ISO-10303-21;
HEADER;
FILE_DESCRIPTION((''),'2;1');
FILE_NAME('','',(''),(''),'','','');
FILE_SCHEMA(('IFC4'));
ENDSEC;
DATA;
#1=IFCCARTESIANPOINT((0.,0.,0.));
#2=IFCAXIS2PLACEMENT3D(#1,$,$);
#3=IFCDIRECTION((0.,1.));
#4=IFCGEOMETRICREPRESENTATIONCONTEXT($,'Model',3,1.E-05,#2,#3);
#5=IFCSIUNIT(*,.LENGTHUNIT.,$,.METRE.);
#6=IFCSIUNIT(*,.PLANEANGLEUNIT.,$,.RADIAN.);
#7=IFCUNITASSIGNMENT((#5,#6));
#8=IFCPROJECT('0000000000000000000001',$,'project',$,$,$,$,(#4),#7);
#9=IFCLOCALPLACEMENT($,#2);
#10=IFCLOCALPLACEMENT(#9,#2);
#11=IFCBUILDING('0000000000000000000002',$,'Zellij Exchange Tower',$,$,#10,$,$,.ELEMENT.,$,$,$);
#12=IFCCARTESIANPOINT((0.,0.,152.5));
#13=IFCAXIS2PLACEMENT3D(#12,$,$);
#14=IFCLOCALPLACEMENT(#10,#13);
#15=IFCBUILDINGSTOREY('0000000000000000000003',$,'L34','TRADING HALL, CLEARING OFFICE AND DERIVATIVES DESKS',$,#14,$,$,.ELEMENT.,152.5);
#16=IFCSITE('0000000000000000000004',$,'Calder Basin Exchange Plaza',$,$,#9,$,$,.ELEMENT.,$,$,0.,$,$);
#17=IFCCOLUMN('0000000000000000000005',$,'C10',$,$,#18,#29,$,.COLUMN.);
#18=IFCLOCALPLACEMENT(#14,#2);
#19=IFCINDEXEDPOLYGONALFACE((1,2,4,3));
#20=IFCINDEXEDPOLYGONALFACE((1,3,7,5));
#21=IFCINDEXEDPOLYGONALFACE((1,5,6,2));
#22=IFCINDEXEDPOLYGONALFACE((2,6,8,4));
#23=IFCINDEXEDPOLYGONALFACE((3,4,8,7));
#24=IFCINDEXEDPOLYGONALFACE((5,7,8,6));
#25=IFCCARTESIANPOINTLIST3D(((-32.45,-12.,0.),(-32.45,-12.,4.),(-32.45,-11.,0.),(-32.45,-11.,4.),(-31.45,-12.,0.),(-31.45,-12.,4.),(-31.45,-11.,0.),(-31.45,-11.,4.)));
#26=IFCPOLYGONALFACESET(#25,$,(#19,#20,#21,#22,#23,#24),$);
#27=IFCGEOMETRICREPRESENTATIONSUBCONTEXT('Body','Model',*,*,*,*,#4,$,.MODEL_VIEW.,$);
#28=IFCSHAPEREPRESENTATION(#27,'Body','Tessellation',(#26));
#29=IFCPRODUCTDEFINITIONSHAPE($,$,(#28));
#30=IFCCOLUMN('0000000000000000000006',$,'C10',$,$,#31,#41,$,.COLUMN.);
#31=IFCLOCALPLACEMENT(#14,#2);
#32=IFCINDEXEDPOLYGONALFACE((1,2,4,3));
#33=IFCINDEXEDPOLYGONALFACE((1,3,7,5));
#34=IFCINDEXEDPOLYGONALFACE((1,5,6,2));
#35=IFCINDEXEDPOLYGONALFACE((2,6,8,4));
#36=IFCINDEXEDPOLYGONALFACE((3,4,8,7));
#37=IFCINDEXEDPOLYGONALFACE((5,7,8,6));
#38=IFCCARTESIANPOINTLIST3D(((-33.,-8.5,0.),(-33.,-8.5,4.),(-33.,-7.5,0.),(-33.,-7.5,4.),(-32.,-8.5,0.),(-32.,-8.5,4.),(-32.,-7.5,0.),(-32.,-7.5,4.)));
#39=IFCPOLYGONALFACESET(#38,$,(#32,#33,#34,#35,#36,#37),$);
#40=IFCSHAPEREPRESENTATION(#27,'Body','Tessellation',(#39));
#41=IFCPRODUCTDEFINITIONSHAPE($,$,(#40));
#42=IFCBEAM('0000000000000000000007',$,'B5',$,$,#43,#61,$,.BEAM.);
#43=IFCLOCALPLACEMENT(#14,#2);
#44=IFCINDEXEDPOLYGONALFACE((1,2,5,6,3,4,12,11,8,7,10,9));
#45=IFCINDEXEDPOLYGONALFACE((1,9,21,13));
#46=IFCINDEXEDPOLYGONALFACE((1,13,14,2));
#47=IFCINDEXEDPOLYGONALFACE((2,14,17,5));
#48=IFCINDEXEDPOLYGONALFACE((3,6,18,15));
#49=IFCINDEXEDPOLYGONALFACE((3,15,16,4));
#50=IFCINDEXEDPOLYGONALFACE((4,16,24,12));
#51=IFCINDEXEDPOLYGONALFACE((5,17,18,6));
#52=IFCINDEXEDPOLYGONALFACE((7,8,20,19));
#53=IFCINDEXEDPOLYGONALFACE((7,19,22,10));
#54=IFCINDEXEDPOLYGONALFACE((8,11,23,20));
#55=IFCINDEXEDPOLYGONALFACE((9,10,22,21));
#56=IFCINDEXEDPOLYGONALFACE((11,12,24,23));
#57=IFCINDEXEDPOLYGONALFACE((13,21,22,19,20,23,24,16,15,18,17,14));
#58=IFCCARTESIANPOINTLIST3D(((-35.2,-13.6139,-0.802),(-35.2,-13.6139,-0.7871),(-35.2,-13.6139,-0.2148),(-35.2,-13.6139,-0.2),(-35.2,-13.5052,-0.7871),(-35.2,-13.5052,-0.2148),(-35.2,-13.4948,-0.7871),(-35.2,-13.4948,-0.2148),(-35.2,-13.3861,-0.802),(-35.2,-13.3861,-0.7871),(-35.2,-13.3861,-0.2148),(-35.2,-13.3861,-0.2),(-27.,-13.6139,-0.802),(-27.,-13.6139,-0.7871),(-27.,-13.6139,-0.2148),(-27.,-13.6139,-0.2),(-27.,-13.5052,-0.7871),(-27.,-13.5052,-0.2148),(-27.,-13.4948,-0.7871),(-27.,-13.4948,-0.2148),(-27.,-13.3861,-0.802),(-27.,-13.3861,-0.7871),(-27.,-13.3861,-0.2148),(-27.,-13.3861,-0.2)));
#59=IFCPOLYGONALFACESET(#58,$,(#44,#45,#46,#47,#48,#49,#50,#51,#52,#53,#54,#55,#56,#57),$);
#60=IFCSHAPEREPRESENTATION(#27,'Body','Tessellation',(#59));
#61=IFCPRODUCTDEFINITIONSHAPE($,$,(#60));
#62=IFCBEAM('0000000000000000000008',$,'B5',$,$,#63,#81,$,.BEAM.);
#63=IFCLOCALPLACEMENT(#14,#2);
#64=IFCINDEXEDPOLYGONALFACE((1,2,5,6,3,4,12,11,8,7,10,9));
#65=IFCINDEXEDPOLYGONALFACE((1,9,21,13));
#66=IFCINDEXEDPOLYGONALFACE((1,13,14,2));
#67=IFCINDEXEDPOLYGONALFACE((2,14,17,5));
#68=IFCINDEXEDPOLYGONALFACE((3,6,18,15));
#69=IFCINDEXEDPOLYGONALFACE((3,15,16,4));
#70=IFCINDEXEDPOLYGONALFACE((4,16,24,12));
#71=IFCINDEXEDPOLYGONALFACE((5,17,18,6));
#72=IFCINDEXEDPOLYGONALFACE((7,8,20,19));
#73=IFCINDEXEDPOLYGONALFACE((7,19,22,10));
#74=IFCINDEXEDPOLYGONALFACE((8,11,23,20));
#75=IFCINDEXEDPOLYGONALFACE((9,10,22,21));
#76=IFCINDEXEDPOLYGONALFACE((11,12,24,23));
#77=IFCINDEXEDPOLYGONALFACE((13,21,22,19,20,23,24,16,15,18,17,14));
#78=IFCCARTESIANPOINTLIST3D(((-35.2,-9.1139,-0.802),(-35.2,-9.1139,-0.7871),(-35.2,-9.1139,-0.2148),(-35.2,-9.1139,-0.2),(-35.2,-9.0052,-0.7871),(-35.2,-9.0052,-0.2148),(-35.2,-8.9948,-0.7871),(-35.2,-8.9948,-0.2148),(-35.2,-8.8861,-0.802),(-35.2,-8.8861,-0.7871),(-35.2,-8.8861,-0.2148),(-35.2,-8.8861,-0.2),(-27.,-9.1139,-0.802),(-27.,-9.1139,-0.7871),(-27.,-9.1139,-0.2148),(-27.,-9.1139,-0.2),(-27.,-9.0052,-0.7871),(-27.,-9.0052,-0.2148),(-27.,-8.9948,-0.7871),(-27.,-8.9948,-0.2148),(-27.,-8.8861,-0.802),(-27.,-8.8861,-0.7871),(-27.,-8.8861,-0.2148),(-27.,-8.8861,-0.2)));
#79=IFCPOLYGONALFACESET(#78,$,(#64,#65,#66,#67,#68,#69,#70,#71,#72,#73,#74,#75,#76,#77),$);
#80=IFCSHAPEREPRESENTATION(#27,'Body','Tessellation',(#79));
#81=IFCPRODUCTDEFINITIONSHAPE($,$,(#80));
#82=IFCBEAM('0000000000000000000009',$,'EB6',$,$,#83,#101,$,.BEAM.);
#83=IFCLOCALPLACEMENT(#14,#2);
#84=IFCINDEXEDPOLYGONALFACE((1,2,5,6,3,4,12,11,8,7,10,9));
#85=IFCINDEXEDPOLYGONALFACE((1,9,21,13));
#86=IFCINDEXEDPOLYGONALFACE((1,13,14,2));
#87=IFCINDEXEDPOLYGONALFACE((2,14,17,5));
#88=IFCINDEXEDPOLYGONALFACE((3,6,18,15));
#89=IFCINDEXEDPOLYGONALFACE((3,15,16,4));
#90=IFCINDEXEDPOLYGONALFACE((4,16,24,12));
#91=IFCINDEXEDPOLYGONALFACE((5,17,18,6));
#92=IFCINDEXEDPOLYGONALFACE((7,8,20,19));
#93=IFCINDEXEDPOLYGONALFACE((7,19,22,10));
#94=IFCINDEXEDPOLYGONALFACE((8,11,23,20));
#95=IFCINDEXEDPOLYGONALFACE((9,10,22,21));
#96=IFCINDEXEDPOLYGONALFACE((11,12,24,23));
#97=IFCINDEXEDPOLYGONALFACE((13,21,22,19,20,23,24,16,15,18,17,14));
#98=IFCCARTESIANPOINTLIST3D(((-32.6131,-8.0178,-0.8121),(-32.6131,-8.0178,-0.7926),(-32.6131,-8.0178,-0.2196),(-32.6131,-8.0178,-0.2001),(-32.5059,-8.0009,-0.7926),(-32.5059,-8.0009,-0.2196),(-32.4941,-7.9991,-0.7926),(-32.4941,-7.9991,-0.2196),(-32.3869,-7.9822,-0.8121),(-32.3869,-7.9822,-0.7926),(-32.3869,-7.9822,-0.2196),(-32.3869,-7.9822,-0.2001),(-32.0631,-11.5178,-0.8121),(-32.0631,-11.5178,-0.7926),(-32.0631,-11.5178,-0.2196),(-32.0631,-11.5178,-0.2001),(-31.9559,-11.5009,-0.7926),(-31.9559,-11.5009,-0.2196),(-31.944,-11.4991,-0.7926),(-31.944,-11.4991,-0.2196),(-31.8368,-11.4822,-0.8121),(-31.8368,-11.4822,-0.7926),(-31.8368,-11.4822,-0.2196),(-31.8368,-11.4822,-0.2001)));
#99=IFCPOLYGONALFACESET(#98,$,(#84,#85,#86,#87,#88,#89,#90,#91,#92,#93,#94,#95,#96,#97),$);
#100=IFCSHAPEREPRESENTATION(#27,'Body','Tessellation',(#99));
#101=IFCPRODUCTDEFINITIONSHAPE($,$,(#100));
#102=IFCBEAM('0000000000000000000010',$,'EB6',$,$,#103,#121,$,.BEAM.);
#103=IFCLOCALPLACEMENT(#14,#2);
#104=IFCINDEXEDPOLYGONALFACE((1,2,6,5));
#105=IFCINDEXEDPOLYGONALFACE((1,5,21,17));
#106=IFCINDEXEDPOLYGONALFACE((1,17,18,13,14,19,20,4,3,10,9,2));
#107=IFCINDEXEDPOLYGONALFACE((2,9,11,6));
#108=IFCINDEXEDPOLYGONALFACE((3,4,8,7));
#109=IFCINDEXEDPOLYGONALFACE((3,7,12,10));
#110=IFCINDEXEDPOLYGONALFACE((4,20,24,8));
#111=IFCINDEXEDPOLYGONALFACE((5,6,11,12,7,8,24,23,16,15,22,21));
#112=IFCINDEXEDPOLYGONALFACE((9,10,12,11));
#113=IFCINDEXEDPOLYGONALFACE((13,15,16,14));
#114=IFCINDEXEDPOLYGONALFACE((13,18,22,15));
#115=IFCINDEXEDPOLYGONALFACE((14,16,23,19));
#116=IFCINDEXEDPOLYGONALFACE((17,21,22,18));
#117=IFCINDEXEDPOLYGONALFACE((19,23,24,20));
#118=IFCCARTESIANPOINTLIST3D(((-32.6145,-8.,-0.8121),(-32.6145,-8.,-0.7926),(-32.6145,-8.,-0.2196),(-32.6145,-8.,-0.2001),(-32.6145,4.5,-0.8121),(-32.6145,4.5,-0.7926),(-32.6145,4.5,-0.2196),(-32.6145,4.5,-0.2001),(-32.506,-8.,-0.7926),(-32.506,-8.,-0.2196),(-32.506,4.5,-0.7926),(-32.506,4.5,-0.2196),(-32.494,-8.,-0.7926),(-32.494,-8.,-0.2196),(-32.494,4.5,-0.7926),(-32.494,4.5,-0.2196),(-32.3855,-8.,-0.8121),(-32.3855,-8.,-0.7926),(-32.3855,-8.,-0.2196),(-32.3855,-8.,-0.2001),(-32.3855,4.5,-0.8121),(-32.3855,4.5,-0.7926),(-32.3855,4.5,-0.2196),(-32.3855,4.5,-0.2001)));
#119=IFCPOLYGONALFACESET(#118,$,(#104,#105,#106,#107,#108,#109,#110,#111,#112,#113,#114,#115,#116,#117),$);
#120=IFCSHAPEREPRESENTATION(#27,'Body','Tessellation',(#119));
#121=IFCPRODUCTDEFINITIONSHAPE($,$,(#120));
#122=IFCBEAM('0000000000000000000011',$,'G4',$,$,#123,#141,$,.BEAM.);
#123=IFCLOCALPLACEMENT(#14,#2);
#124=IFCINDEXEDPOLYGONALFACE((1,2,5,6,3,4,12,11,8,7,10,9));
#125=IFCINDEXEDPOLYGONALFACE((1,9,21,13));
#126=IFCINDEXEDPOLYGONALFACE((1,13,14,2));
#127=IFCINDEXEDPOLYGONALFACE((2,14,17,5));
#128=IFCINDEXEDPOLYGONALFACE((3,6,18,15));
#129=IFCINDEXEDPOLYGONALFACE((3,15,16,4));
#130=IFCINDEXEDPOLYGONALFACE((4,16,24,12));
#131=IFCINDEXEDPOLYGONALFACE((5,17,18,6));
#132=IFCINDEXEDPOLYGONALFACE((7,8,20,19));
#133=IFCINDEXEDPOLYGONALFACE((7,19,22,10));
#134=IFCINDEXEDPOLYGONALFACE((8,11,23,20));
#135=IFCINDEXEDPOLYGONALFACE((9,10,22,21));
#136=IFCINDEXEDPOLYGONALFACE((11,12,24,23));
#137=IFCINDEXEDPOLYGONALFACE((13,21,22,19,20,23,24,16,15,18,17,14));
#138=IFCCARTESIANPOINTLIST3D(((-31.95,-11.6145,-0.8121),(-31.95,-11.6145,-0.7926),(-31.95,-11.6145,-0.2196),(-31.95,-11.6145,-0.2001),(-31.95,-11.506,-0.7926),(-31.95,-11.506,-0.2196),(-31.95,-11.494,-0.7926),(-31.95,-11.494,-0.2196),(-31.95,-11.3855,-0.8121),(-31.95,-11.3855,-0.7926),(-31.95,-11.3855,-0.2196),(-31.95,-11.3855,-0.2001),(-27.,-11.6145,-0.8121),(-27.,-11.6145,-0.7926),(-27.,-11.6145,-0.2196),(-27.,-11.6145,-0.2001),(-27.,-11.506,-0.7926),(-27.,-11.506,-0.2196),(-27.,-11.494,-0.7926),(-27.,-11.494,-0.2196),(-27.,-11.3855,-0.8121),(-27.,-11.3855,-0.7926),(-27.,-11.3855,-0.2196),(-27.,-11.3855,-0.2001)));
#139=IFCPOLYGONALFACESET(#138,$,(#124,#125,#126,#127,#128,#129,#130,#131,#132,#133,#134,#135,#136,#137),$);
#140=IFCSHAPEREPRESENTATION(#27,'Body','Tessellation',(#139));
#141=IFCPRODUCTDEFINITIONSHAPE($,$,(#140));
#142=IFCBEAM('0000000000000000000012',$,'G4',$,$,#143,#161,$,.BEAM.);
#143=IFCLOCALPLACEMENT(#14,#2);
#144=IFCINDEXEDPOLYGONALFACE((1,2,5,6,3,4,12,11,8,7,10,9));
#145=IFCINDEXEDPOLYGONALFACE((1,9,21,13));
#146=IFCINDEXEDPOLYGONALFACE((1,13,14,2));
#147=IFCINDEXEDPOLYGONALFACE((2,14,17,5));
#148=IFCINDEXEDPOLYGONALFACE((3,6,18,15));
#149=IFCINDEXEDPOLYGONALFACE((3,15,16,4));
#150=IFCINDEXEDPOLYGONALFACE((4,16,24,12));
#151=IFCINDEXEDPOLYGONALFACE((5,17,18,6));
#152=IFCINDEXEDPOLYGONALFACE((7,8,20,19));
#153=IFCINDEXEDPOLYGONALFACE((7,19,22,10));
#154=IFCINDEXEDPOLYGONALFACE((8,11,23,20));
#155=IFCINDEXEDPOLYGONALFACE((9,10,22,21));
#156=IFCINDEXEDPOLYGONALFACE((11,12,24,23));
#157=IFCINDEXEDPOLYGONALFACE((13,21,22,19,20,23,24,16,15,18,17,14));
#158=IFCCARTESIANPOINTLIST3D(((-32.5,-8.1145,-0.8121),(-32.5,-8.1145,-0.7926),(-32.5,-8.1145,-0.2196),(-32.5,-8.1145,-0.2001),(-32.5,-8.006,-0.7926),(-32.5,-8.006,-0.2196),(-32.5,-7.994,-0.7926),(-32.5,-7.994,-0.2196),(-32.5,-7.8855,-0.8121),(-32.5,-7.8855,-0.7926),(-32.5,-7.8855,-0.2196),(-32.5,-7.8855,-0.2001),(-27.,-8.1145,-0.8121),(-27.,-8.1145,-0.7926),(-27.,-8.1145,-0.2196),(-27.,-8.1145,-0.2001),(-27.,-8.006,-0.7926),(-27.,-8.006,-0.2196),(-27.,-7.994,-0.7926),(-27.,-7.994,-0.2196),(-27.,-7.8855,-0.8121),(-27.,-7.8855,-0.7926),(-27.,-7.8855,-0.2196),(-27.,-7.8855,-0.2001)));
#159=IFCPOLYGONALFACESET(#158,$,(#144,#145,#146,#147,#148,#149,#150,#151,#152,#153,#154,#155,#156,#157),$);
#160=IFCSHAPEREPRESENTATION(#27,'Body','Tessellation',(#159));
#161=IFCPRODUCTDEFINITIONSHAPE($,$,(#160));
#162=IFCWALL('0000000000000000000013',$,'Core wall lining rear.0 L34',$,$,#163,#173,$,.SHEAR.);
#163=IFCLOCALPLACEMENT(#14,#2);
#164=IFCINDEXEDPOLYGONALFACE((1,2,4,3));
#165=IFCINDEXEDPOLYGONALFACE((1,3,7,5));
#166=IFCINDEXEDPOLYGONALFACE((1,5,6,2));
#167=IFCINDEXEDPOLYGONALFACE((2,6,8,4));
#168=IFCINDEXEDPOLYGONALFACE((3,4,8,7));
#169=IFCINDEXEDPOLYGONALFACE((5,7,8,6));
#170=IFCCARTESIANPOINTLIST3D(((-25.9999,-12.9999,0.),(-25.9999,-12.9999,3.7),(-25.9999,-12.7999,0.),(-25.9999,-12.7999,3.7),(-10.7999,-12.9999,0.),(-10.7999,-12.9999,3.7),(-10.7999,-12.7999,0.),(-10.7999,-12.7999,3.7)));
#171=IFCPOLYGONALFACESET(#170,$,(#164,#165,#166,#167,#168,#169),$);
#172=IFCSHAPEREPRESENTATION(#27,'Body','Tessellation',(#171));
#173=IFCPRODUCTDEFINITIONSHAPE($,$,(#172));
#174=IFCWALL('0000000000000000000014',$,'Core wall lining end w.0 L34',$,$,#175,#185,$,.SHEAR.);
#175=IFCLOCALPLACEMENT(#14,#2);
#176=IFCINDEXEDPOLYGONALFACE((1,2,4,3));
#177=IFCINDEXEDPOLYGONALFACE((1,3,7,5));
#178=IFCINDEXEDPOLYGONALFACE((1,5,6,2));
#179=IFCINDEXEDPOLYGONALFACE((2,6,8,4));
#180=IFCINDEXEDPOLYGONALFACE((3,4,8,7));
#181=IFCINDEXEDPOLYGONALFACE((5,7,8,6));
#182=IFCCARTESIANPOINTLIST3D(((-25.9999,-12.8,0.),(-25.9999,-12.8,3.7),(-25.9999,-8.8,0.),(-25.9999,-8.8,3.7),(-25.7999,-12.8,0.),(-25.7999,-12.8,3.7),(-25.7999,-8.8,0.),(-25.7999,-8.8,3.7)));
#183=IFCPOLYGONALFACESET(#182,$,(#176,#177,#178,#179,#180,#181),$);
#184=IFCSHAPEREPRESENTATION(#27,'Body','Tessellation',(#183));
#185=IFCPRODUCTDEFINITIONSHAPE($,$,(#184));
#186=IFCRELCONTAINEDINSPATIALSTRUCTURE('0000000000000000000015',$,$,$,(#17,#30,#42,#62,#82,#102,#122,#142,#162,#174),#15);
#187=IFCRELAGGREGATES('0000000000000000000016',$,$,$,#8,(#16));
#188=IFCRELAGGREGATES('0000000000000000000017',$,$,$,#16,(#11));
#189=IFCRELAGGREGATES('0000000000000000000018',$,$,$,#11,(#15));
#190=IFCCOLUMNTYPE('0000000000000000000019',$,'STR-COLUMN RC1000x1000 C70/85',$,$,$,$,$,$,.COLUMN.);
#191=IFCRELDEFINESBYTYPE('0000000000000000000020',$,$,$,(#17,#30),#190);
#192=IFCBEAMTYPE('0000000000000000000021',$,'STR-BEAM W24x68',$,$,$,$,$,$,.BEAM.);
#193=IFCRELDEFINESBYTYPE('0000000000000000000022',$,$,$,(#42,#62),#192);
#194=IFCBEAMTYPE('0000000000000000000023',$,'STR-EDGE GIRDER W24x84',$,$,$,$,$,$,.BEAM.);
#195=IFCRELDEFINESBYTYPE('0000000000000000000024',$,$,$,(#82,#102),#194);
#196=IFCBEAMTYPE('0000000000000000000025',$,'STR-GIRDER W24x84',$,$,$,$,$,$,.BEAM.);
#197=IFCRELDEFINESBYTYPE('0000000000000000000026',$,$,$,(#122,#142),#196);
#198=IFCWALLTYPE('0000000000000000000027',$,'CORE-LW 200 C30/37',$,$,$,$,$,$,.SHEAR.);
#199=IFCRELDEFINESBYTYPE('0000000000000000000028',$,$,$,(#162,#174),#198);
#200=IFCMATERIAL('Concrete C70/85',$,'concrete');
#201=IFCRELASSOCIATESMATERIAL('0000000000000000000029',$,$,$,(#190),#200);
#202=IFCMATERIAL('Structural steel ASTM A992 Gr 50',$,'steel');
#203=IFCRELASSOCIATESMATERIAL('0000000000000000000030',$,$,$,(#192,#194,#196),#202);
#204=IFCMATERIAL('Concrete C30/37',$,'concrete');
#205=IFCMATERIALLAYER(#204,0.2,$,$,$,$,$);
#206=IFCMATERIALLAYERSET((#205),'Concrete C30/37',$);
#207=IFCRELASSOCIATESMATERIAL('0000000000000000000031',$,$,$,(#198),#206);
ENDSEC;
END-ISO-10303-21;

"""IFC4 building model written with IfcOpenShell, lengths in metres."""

from ifc_helpers import new_model, si_unit, direction, frame, frame_2d, origin, origin_2d, place, context, subcontext, project, spatial, rectangle, i_section, extrude, material, layer, layer_set, material_profile, profile_set, type_object, element, save


model = new_model("IFC4")

# Units and contexts
model_context = context("Model", 3, precision=1e-05, world=origin(), true_north=direction((0.0, 1.0)))
body_context = subcontext(model_context, "Body", "Model", "MODEL_VIEW")
ifc_project = project(units=[si_unit("LENGTHUNIT", "METRE"), si_unit("PLANEANGLEUNIT", "RADIAN")], contexts=[model_context])

# Site, building, storey
site_placement = place(None, origin())
site = spatial("IfcSite", under=ifc_project, at=site_placement, Name="Calder Basin Exchange Plaza", CompositionType="ELEMENT", RefElevation=0.0)
building_placement = place(site_placement, origin())
building = spatial("IfcBuilding", under=site, at=building_placement, Name="Zellij Exchange Tower", CompositionType="ELEMENT")
storey_placement = place(building_placement, frame((0.0, 0.0, 152.5)))
storey = spatial("IfcBuildingStorey", under=building, at=storey_placement, Name="L34", Description="TRADING HALL, CLEARING OFFICE AND DERIVATIVES DESKS", CompositionType="ELEMENT", Elevation=152.5)

# Columns
ifc_material_1 = material(Name="Concrete C70/85", Category="concrete")
ifc_material_profile_1 = material_profile(ifc_material_1, rectangle(XDim=1.0, YDim=1.0, at=origin_2d()), Name="STR-COLUMN RC1000x1000 C70/85")
ifc_profile_set_1 = profile_set([ifc_material_profile_1], Name="Concrete C70/85")
column_type = type_object("IfcColumnType", Name="STR-COLUMN RC1000x1000 C70/85", PredefinedType="COLUMN", material=ifc_profile_set_1)
for number, where, z_axis, x_axis, name in (
    (1, (-31.95, -11.5, 0.0), (0.0, 0.0, 1.0), (1.0, 0.0, 0.0), "C10"),
    (2, (-32.5, -8.0, 0.0), (0.0, 0.0, 1.0), (1.0, 0.0, 0.0), "C10"),
):
    element("IfcColumn", number, at=place(storey_placement, frame(where, z_axis=z_axis, x_axis=x_axis)), inside=storey, type_object=column_type, Name=name, PredefinedType="COLUMN", context=body_context, shape_type="SweptSolid", body=[
        extrude(rectangle(XDim=1.0, YDim=1.0, at=origin_2d()), origin(), (0.0, 0.0, 1.0), 4.0),
    ])

# Beams
ifc_material_2 = material(Name="Structural steel ASTM A992 Gr 50", Category="steel")
ifc_material_profile_2 = material_profile(ifc_material_2, i_section(OverallWidth=0.2278, OverallDepth=0.6021, WebThickness=0.0105, FlangeThickness=0.0149, at=origin_2d()), Name="W24x68")
ifc_profile_set_2 = profile_set([ifc_material_profile_2], Name="Structural steel ASTM A992 Gr 50")
beam_type_1 = type_object("IfcBeamType", Name="STR-BEAM W24x68", PredefinedType="BEAM", material=ifc_profile_set_2)
for number, where, z_axis, x_axis, name in (
    (3, (-35.2, -13.5, -0.501), (1.0, 0.0, 0.0), (0.0, 1.0, 0.0), "B5"),
    (4, (-35.2, -9.0, -0.501), (1.0, 0.0, 0.0), (0.0, 1.0, 0.0), "B5"),
):
    element("IfcBeam", number, at=place(storey_placement, frame(where, z_axis=z_axis, x_axis=x_axis)), inside=storey, type_object=beam_type_1, Name=name, PredefinedType="BEAM", context=body_context, shape_type="SweptSolid", body=[
        extrude(i_section(OverallWidth=0.2278, OverallDepth=0.6021, WebThickness=0.0105, FlangeThickness=0.0149, at=origin_2d()), origin(), (0.0, 0.0, 1.0), 8.2),
    ])
ifc_material_profile_3 = material_profile(ifc_material_2, i_section(OverallWidth=0.229, OverallDepth=0.6121, WebThickness=0.012, FlangeThickness=0.0195, at=origin_2d()), Name="W24x84")
ifc_profile_set_3 = profile_set([ifc_material_profile_3], Name="Structural steel ASTM A992 Gr 50")
beam_type_2 = type_object("IfcBeamType", Name="STR-EDGE GIRDER W24x84", PredefinedType="BEAM", material=ifc_profile_set_3)
beam_1_placement = place(storey_placement, frame((-31.95, -11.5, -0.5061), z_axis=(-0.155251, 0.987875, 0.0), x_axis=(-0.987875, -0.155251, 0.0)))
element("IfcBeam", 5, at=beam_1_placement, inside=storey, type_object=beam_type_2, Name="EB6", PredefinedType="BEAM", context=body_context, shape_type="SweptSolid", body=[
    extrude(i_section(OverallWidth=0.229, OverallDepth=0.6121, WebThickness=0.012, FlangeThickness=0.0195, at=origin_2d()), origin(), (0.0, 0.0, 1.0), 3.543),
])
beam_2_placement = place(storey_placement, frame((-32.5, -8.0, -0.5061), z_axis=(0.0, 1.0, 0.0), x_axis=(-1.0, 0.0, 0.0)))
element("IfcBeam", 6, at=beam_2_placement, inside=storey, type_object=beam_type_2, Name="EB6", PredefinedType="BEAM", context=body_context, shape_type="SweptSolid", body=[
    extrude(i_section(OverallWidth=0.229, OverallDepth=0.6121, WebThickness=0.012, FlangeThickness=0.0195, at=origin_2d()), origin(), (0.0, 0.0, 1.0), 12.5),
])
ifc_material_profile_4 = material_profile(ifc_material_2, i_section(OverallWidth=0.229, OverallDepth=0.6121, WebThickness=0.012, FlangeThickness=0.0195, at=origin_2d()), Name="W24x84")
ifc_profile_set_4 = profile_set([ifc_material_profile_4], Name="Structural steel ASTM A992 Gr 50")
beam_type_3 = type_object("IfcBeamType", Name="STR-GIRDER W24x84", PredefinedType="BEAM", material=ifc_profile_set_4)
beam_3_placement = place(storey_placement, frame((-31.95, -11.5, -0.5061), z_axis=(1.0, 0.0, 0.0), x_axis=(0.0, 1.0, 0.0)))
element("IfcBeam", 7, at=beam_3_placement, inside=storey, type_object=beam_type_3, Name="G4", PredefinedType="BEAM", context=body_context, shape_type="SweptSolid", body=[
    extrude(i_section(OverallWidth=0.229, OverallDepth=0.6121, WebThickness=0.012, FlangeThickness=0.0195, at=origin_2d()), origin(), (0.0, 0.0, 1.0), 4.95),
])
beam_4_placement = place(storey_placement, frame((-32.5, -8.0, -0.5061), z_axis=(1.0, 0.0, 0.0), x_axis=(0.0, 1.0, 0.0)))
element("IfcBeam", 8, at=beam_4_placement, inside=storey, type_object=beam_type_3, Name="G4", PredefinedType="BEAM", context=body_context, shape_type="SweptSolid", body=[
    extrude(i_section(OverallWidth=0.229, OverallDepth=0.6121, WebThickness=0.012, FlangeThickness=0.0195, at=origin_2d()), origin(), (0.0, 0.0, 1.0), 5.5),
])

# Walls
ifc_material_3 = material(Name="Concrete C30/37", Category="concrete")
ifc_layer_1 = layer(ifc_material_3, 0.2)
ifc_layer_set_1 = layer_set([ifc_layer_1], Name="Concrete C30/37")
wall_type_1 = type_object("IfcWallType", Name="CORE-LW 200 C30/37", PredefinedType="SHEAR", material=ifc_layer_set_1)
wall_1_placement = place(storey_placement, frame((-26.0, -12.8999, 0.0), z_axis=(0.0, 0.0, 1.0), x_axis=(1.0, 0.0, 0.0)))
element("IfcWall", 9, at=wall_1_placement, inside=storey, type_object=wall_type_1, Name="Core wall lining rear.0 L34", PredefinedType="SHEAR", context=body_context, shape_type="SweptSolid", body=[
    extrude(rectangle(XDim=15.2, YDim=0.2, at=frame_2d((7.6001, 0.0))), origin(), (0.0, 0.0, 1.0), 3.7),
])
wall_2_placement = place(storey_placement, frame((-25.8999, -12.8, 0.0), z_axis=(0.0, 0.0, 1.0), x_axis=(0.0, 1.0, 0.0)))
element("IfcWall", 10, at=wall_2_placement, inside=storey, type_object=wall_type_1, Name="Core wall lining end w.0 L34", PredefinedType="SHEAR", context=body_context, shape_type="SweptSolid", body=[
    extrude(rectangle(XDim=4.0, YDim=0.2, at=frame_2d((2.0, 0.0))), origin(), (0.0, 0.0, 1.0), 3.7),
])

save(model, "model.ifc")
